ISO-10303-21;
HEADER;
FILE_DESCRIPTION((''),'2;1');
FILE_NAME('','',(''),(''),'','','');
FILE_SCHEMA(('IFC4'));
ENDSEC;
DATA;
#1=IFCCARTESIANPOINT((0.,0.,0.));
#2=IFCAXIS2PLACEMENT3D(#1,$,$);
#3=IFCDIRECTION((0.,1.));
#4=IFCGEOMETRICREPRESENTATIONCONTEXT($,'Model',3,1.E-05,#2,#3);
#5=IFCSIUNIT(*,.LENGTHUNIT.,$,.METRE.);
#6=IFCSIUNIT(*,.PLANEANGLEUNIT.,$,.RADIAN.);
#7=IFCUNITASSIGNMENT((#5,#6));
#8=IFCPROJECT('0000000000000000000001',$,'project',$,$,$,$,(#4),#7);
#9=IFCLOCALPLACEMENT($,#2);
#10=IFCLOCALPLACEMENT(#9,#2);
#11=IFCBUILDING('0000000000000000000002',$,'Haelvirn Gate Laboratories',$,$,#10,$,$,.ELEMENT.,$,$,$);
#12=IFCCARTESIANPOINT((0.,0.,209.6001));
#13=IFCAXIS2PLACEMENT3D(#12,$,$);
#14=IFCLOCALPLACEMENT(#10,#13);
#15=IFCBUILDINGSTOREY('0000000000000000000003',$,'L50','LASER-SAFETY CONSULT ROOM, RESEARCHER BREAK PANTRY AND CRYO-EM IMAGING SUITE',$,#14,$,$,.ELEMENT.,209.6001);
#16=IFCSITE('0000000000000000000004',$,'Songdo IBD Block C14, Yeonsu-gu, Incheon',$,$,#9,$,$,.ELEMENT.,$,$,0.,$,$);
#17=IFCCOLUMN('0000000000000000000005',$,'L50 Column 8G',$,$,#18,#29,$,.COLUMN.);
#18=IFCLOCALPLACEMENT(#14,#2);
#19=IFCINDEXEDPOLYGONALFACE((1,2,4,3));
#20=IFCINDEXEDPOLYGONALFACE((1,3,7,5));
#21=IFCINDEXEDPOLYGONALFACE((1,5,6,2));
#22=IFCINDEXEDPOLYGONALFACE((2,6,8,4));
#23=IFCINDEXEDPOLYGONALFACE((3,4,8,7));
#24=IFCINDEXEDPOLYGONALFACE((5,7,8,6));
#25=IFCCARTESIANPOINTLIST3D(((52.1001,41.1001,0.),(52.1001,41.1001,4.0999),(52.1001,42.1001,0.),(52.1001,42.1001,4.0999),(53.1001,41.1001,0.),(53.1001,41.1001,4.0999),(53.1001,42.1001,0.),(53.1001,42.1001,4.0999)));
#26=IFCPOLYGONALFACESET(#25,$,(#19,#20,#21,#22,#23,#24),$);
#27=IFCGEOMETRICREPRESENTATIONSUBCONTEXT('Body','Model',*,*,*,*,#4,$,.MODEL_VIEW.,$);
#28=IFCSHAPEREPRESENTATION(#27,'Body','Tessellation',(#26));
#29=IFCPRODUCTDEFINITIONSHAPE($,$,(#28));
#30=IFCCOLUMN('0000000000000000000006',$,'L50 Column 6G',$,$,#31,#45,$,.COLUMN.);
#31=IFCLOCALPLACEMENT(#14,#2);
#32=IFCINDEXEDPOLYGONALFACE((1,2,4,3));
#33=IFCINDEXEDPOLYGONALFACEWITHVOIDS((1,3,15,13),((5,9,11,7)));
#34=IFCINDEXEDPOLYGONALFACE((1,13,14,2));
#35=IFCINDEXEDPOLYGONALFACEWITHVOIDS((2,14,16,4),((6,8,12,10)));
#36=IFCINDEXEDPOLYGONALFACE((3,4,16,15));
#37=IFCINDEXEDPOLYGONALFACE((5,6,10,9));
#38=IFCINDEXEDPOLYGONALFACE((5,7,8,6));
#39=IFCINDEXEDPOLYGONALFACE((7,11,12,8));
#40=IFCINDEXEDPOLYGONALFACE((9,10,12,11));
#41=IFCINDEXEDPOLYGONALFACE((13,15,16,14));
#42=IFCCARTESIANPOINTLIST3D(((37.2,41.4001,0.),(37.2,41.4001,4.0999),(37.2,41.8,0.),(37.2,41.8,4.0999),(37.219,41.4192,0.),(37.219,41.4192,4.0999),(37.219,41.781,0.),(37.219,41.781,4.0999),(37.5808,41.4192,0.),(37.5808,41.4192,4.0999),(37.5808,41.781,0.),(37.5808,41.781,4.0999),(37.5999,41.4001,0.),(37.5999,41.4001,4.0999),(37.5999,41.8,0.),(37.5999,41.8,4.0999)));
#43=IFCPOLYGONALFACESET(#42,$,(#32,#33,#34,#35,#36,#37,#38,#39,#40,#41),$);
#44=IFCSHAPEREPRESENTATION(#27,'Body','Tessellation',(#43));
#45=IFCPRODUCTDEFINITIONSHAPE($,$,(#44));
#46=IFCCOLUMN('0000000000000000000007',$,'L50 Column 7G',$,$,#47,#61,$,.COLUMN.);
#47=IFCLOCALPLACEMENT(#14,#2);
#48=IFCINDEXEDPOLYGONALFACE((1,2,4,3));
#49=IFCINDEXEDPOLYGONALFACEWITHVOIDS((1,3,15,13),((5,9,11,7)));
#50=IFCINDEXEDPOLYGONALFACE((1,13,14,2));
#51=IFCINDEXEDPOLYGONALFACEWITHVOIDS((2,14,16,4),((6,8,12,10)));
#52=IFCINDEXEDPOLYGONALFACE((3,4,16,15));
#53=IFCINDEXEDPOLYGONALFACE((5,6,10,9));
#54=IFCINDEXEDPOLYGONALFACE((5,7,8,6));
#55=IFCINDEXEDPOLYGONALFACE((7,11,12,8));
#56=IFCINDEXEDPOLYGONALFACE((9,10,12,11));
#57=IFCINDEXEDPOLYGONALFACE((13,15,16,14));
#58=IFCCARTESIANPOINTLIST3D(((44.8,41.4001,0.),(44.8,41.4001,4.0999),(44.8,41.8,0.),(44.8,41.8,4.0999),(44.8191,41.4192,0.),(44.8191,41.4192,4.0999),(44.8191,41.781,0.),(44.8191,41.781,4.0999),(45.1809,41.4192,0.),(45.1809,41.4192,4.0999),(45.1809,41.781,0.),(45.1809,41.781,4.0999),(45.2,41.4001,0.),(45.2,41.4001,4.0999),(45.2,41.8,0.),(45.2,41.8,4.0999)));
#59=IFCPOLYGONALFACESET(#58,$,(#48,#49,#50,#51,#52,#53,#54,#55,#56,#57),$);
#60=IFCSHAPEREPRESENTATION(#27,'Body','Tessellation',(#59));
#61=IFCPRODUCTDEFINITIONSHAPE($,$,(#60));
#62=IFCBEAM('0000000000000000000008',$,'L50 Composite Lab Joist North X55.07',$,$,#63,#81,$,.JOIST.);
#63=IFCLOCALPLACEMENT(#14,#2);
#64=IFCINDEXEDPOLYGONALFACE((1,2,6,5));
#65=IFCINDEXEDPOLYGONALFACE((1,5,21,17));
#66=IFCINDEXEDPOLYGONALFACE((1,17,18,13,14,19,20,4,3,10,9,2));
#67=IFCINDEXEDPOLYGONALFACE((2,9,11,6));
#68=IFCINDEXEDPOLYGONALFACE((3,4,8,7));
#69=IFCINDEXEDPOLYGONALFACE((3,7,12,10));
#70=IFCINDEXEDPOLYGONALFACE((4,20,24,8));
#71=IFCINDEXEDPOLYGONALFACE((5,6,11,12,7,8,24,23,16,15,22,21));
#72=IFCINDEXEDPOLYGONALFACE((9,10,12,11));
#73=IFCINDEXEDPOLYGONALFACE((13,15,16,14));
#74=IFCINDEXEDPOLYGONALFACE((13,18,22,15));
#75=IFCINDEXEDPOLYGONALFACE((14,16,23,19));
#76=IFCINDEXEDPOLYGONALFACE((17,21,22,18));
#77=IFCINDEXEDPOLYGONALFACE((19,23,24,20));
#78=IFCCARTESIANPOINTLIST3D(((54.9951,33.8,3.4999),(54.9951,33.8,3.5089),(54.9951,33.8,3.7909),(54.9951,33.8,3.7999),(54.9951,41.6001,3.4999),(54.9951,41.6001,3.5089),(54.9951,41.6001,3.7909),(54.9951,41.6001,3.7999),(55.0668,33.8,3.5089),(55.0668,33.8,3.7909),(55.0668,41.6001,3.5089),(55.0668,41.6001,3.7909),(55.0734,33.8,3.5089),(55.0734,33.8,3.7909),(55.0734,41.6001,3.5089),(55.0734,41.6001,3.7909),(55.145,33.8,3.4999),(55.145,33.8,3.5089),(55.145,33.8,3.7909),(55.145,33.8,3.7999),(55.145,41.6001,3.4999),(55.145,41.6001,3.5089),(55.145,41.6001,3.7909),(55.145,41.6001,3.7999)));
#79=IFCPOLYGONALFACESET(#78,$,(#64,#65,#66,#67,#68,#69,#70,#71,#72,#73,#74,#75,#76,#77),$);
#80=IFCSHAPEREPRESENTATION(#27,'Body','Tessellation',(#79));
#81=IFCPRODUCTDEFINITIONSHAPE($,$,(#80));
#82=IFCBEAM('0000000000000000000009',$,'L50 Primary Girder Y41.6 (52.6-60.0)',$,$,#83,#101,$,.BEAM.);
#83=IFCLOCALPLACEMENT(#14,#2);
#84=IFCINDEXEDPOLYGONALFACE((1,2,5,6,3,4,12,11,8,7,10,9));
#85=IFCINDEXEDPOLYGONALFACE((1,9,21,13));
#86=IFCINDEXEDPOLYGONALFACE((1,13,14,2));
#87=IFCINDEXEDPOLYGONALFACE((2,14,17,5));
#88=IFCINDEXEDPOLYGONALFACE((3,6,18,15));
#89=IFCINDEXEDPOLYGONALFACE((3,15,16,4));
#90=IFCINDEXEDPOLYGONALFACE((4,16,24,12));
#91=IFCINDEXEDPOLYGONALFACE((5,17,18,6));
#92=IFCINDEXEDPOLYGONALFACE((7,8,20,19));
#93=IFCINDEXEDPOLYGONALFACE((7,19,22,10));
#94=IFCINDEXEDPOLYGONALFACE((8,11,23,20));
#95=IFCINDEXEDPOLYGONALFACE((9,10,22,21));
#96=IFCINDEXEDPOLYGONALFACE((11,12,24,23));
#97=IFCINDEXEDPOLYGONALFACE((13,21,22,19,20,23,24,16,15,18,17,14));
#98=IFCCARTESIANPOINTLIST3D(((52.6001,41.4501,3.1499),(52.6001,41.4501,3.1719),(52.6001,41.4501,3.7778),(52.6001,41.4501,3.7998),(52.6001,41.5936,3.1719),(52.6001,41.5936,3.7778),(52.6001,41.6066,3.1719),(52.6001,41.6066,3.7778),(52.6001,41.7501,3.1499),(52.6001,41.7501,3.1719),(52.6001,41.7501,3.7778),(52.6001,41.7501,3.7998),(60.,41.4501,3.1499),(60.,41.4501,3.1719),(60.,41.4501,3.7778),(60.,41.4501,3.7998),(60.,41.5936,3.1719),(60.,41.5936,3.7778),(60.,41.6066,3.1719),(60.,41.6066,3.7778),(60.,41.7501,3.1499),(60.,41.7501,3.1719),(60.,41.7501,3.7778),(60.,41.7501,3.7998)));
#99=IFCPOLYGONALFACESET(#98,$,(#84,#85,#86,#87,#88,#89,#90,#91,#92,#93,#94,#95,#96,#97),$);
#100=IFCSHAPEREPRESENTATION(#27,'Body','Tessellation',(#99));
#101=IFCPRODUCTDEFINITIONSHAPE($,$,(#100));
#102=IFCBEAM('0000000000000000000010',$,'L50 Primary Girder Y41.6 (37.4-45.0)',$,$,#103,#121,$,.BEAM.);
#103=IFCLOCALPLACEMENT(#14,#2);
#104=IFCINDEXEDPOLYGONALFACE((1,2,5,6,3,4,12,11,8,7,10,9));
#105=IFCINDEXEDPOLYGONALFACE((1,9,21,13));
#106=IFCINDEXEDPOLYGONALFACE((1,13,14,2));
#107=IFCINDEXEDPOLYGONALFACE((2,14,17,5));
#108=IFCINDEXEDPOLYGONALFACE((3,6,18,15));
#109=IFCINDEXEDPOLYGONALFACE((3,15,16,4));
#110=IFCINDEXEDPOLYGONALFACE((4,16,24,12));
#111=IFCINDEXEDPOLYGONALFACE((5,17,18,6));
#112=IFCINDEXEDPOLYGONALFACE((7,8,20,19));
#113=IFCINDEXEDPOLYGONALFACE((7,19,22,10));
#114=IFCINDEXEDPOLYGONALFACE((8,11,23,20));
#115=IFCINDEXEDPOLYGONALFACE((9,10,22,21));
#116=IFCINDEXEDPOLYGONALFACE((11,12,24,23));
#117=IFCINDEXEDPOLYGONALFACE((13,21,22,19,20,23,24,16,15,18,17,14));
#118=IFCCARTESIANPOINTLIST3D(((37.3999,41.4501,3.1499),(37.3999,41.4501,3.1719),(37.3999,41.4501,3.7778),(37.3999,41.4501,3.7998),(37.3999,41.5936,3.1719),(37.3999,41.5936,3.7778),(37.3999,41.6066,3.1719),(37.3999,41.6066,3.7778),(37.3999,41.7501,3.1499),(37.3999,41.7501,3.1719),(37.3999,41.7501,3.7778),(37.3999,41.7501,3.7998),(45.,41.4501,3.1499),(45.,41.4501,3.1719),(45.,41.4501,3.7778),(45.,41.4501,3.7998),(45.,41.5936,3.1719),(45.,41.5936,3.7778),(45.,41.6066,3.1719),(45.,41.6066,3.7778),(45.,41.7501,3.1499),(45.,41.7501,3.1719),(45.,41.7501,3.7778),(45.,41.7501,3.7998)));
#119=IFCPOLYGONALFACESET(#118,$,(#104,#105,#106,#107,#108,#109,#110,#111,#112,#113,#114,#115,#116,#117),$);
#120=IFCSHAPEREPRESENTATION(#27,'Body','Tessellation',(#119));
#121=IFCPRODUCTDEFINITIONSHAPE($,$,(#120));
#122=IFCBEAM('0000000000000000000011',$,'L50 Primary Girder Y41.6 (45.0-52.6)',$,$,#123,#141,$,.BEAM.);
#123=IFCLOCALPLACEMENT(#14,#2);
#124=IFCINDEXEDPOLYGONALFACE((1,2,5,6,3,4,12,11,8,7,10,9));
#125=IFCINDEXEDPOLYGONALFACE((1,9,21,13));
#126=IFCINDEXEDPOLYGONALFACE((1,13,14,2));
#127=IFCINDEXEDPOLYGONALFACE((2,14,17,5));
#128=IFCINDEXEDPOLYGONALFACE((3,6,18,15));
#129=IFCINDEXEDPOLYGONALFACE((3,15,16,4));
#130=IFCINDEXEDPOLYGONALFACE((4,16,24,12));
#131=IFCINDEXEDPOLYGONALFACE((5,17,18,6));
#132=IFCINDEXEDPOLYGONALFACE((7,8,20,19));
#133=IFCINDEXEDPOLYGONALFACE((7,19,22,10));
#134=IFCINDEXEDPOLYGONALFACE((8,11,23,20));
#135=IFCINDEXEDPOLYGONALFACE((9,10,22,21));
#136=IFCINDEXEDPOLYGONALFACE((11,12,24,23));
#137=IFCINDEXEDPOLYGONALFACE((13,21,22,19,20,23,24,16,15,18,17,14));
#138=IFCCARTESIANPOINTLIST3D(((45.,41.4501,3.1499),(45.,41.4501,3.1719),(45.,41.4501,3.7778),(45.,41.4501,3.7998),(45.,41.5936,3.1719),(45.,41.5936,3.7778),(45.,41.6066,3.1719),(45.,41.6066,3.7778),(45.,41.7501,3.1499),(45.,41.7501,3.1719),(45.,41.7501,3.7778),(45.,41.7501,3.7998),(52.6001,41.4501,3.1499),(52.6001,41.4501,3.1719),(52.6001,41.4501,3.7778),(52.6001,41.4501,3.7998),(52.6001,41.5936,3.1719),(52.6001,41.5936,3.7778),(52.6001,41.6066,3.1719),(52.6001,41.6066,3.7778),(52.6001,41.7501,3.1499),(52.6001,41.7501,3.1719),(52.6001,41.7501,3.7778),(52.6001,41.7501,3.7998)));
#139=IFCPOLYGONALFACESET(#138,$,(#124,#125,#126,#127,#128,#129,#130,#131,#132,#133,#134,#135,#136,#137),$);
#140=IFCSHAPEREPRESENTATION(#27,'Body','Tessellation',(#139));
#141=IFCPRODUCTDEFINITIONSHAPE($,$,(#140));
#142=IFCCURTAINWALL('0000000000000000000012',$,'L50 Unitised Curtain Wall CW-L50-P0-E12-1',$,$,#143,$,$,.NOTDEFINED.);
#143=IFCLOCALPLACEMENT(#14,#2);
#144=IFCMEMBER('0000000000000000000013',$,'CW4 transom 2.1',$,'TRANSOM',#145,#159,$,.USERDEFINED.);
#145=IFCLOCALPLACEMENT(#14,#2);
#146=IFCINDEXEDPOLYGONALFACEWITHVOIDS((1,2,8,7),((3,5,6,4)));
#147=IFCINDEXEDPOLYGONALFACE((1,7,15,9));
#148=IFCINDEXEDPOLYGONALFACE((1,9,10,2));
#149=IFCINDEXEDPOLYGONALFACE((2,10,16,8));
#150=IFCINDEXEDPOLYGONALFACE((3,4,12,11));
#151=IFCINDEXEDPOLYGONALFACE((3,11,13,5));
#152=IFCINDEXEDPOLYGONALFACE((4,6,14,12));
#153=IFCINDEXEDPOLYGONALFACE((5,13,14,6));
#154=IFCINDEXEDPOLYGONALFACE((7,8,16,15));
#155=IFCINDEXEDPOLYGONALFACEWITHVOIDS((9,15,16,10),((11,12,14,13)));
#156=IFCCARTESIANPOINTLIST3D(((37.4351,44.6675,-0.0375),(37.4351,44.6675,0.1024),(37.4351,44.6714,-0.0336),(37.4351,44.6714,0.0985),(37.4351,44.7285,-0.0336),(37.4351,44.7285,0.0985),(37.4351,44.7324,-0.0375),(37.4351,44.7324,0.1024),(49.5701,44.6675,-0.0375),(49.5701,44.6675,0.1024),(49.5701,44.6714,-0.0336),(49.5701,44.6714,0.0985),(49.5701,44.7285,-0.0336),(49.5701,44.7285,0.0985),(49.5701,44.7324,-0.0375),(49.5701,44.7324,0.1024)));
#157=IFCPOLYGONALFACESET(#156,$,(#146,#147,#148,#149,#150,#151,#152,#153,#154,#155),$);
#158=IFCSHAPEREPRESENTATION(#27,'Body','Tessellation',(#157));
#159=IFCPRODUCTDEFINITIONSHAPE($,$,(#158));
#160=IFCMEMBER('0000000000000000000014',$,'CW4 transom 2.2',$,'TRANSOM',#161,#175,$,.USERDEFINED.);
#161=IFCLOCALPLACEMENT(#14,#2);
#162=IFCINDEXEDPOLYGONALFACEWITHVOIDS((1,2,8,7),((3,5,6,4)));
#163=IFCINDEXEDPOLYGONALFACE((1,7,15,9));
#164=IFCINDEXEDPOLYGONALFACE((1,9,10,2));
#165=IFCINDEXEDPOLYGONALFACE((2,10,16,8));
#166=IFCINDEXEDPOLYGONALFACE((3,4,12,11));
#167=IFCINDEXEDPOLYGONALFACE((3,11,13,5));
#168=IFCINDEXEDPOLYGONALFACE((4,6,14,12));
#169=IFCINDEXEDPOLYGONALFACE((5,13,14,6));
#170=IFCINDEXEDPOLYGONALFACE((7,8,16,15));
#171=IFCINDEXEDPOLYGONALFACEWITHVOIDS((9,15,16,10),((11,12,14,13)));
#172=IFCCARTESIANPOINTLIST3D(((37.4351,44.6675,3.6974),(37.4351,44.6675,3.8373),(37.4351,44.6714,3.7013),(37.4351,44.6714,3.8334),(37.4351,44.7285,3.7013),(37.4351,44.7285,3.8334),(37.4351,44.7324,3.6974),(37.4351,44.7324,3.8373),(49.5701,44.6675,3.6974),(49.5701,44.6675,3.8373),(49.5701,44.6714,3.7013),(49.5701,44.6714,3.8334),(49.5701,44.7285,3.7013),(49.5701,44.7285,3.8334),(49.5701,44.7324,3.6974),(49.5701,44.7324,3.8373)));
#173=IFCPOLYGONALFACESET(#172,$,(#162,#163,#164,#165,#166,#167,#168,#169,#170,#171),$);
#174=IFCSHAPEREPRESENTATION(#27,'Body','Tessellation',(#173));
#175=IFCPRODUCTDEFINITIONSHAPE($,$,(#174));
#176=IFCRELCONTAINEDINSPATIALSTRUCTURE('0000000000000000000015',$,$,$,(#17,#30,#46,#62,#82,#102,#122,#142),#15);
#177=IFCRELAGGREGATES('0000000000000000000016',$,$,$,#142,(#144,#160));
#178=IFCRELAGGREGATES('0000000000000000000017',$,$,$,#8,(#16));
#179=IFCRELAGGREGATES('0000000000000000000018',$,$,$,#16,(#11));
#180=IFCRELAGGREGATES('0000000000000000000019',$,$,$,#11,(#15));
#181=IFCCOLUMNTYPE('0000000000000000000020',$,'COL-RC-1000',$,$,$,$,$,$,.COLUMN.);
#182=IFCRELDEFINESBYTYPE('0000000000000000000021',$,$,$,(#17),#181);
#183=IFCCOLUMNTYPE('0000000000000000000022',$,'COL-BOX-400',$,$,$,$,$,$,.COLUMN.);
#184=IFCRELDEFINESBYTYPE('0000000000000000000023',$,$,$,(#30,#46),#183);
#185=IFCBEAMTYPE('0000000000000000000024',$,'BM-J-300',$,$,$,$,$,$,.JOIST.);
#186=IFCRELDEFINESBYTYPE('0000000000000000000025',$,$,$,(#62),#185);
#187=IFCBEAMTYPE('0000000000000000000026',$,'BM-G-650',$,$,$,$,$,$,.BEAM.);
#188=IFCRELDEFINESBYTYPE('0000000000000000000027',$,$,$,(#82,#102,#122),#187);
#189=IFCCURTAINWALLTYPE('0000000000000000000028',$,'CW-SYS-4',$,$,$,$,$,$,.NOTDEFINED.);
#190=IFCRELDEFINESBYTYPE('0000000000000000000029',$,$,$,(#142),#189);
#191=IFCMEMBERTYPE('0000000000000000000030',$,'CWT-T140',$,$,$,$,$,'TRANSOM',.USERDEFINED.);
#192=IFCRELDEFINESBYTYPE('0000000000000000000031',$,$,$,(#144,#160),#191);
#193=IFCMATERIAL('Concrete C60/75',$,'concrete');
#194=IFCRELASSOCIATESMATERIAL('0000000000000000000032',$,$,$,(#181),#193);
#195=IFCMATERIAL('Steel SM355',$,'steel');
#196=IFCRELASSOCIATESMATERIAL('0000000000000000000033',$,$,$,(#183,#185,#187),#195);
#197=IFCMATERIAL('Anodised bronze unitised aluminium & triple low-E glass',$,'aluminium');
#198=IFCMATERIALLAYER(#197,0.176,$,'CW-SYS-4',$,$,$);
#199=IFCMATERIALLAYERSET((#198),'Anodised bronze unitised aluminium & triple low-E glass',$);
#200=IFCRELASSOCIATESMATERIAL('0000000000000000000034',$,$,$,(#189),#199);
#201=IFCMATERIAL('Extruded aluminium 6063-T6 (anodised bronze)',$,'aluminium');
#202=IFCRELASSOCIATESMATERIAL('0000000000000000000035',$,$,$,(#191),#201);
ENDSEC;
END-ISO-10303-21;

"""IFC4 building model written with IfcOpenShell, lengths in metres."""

from ifc_helpers import new_model, si_unit, direction, frame, origin, origin_2d, place, context, subcontext, project, spatial, rectangle, hollow_rectangle, i_section, extrude, source, transform, mapped, material, layer, layer_set, material_profile, profile_set, type_object, type_shapes, element, aggregate, save


model = new_model("IFC4")

# Units and contexts
model_context = context("Model", 3, precision=1e-05, world=origin(), true_north=direction((0.0, 1.0)))
body_context = subcontext(model_context, "Body", "Model", "MODEL_VIEW")
ifc_project = project(units=[si_unit("LENGTHUNIT", "METRE"), si_unit("PLANEANGLEUNIT", "RADIAN")], contexts=[model_context])

# Site, building, storey
site_placement = place(None, origin())
site = spatial("IfcSite", under=ifc_project, at=site_placement, Name="Songdo IBD Block C14, Yeonsu-gu, Incheon", CompositionType="ELEMENT", RefElevation=0.0)
building_placement = place(site_placement, origin())
building = spatial("IfcBuilding", under=site, at=building_placement, Name="Haelvirn Gate Laboratories", CompositionType="ELEMENT")
storey_placement = place(building_placement, frame((0.0, 0.0, 209.6001)))
storey = spatial("IfcBuildingStorey", under=building, at=storey_placement, Name="L50", Description="LASER-SAFETY CONSULT ROOM, RESEARCHER BREAK PANTRY AND CRYO-EM IMAGING SUITE", CompositionType="ELEMENT", Elevation=209.6001)

# Columns
ifc_material_1 = material(Name="Concrete C60/75", Category="concrete")
ifc_material_profile_1 = material_profile(ifc_material_1, rectangle(XDim=1.0, YDim=1.0, at=origin_2d()), Name="RC-1000x1000")
ifc_profile_set_1 = profile_set([ifc_material_profile_1], Name="Concrete C60/75")
column_type_1 = type_object("IfcColumnType", Name="COL-RC-1000", PredefinedType="COLUMN", material=ifc_profile_set_1)
shared_shape_1 = source(origin(), body_context, "Body", "SweptSolid", [
    extrude(rectangle(XDim=1.0, YDim=1.0, at=origin_2d()), origin(), (0.0, 0.0, 1.0), 4.0999),
])
type_shapes(column_type_1, [shared_shape_1])
column_placement = place(storey_placement, frame((52.6001, 41.6001, 0.0), z_axis=(0.0, 0.0, 1.0), x_axis=(1.0, 0.0, 0.0)))
element("IfcColumn", 1, at=column_placement, inside=storey, type_object=column_type_1, Name="L50 Column 8G", PredefinedType="COLUMN", context=body_context, shape_type="MappedRepresentation", body=[
    mapped(shared_shape_1, transform((0.0, 0.0, 0.0), scale=1.0)),
])
ifc_material_2 = material(Name="Steel SM355", Category="steel")
ifc_material_profile_2 = material_profile(ifc_material_2, hollow_rectangle(XDim=0.3999, YDim=0.3999, WallThickness=0.019, at=origin_2d()), Name="BOX-400x400x19")
ifc_profile_set_2 = profile_set([ifc_material_profile_2], Name="Steel SM355")
column_type_2 = type_object("IfcColumnType", Name="COL-BOX-400", PredefinedType="COLUMN", material=ifc_profile_set_2)
shared_shape_2 = source(origin(), body_context, "Body", "SweptSolid", [
    extrude(hollow_rectangle(XDim=0.3999, YDim=0.3999, WallThickness=0.019, at=origin_2d()), origin(), (0.0, 0.0, 1.0), 4.0999),
])
type_shapes(column_type_2, [shared_shape_2])
for number, where, z_axis, x_axis, name in (
    (2, (37.3999, 41.6001, 0.0), (0.0, 0.0, 1.0), (1.0, 0.0, 0.0), "L50 Column 6G"),
    (3, (45.0, 41.6001, 0.0), (0.0, 0.0, 1.0), (1.0, 0.0, 0.0), "L50 Column 7G"),
):
    element("IfcColumn", number, at=place(storey_placement, frame(where, z_axis=z_axis, x_axis=x_axis)), inside=storey, type_object=column_type_2, Name=name, PredefinedType="COLUMN", context=body_context, shape_type="MappedRepresentation", body=[
        mapped(shared_shape_2, transform((0.0, 0.0, 0.0), scale=1.0)),
    ])

# Beams
ifc_material_profile_3 = material_profile(ifc_material_2, i_section(OverallWidth=0.1499, OverallDepth=0.3, WebThickness=0.0066, FlangeThickness=0.009, at=origin_2d()), Name="H-300x150x6.5x9")
ifc_profile_set_3 = profile_set([ifc_material_profile_3], Name="Steel SM355")
beam_type_1 = type_object("IfcBeamType", Name="BM-J-300", PredefinedType="JOIST", material=ifc_profile_set_3)
shared_shape_3 = source(origin(), body_context, "Body", "SweptSolid", [
    extrude(i_section(OverallWidth=0.1499, OverallDepth=0.3, WebThickness=0.0066, FlangeThickness=0.009, at=origin_2d()), origin(), (0.0, 0.0, 1.0), 7.8),
])
type_shapes(beam_type_1, [shared_shape_3])
beam_1_placement = place(storey_placement, frame((55.0701, 33.8, 3.6499), z_axis=(0.0, 1.0, 0.0), x_axis=(-1.0, 0.0, 0.0)))
element("IfcBeam", 4, at=beam_1_placement, inside=storey, type_object=beam_type_1, Name="L50 Composite Lab Joist North X55.07", PredefinedType="JOIST", context=body_context, shape_type="MappedRepresentation", body=[
    mapped(shared_shape_3, transform((0.0, 0.0, 0.0), scale=1.0)),
])
ifc_material_profile_4 = material_profile(ifc_material_2, i_section(OverallWidth=0.3, OverallDepth=0.6499, WebThickness=0.0129, FlangeThickness=0.022, at=origin_2d()), Name="H-650x300x13x22")
ifc_profile_set_4 = profile_set([ifc_material_profile_4], Name="Steel SM355")
beam_type_2 = type_object("IfcBeamType", Name="BM-G-650", PredefinedType="BEAM", material=ifc_profile_set_4)
shared_shape_4 = source(origin(), body_context, "Body", "SweptSolid", [
    extrude(i_section(OverallWidth=0.3, OverallDepth=0.6499, WebThickness=0.0129, FlangeThickness=0.022, at=origin_2d()), origin(), (0.0, 0.0, 1.0), 7.3999),
])
beam_2_placement = place(storey_placement, frame((52.6001, 41.6001, 3.4749), z_axis=(1.0, 0.0, 0.0), x_axis=(0.0, 1.0, 0.0)))
element("IfcBeam", 5, at=beam_2_placement, inside=storey, type_object=beam_type_2, Name="L50 Primary Girder Y41.6 (52.6-60.0)", PredefinedType="BEAM", context=body_context, shape_type="MappedRepresentation", body=[
    mapped(shared_shape_4, transform((0.0, 0.0, 0.0), scale=1.0)),
])
shared_shape_5 = source(origin(), body_context, "Body", "SweptSolid", [
    extrude(i_section(OverallWidth=0.3, OverallDepth=0.6499, WebThickness=0.0129, FlangeThickness=0.022, at=origin_2d()), origin(), (0.0, 0.0, 1.0), 7.6001),
])
type_shapes(beam_type_2, [shared_shape_4, shared_shape_5])
for number, where, z_axis, x_axis, name in (
    (6, (37.3999, 41.6001, 3.4749), (1.0, 0.0, 0.0), (0.0, 1.0, 0.0), "L50 Primary Girder Y41.6 (37.4-45.0)"),
    (7, (45.0, 41.6001, 3.4749), (1.0, 0.0, 0.0), (0.0, 1.0, 0.0), "L50 Primary Girder Y41.6 (45.0-52.6)"),
):
    element("IfcBeam", number, at=place(storey_placement, frame(where, z_axis=z_axis, x_axis=x_axis)), inside=storey, type_object=beam_type_2, Name=name, PredefinedType="BEAM", context=body_context, shape_type="MappedRepresentation", body=[
        mapped(shared_shape_5, transform((0.0, 0.0, 0.0), scale=1.0)),
    ])

# Curtain wall, members
ifc_material_3 = material(Name="Anodised bronze unitised aluminium & triple low-E glass", Category="aluminium")
ifc_layer_1 = layer(ifc_material_3, 0.176, Name="CW-SYS-4")
ifc_layer_set_1 = layer_set([ifc_layer_1], Name="Anodised bronze unitised aluminium & triple low-E glass")
curtain_wall_type = type_object("IfcCurtainWallType", Name="CW-SYS-4", PredefinedType="NOTDEFINED", material=ifc_layer_set_1)
curtain_wall_1_placement = place(storey_placement, origin())
curtain_wall_1 = element("IfcCurtainWall", 8, at=curtain_wall_1_placement, inside=storey, type_object=curtain_wall_type, Name="L50 Unitised Curtain Wall CW-L50-P0-E12-1", PredefinedType="NOTDEFINED")
ifc_material_4 = material(Name="Extruded aluminium 6063-T6 (anodised bronze)", Category="aluminium")
ifc_material_profile_5 = material_profile(ifc_material_4, hollow_rectangle(XDim=0.0649, YDim=0.1399, WallThickness=0.0039, at=origin_2d()), Name="CWT-140x65x4")
ifc_profile_set_5 = profile_set([ifc_material_profile_5], Name="Extruded aluminium 6063-T6 (anodised bronze)")
member_type_1 = type_object("IfcMemberType", Name="CWT-T140", ElementType="TRANSOM", PredefinedType="USERDEFINED", material=ifc_profile_set_5)
shared_shape_6 = source(origin(), body_context, "Body", "SweptSolid", [
    extrude(hollow_rectangle(XDim=0.0649, YDim=0.1399, WallThickness=0.0039, at=origin_2d()), origin(), (0.0, 0.0, 1.0), 12.135),
])
member_1_placement = place(storey_placement, frame((37.4351, 44.7, 0.0325), z_axis=(1.0, 0.0, 0.0), x_axis=(0.0, 1.0, 0.0)))
member_1 = element("IfcMember", 9, at=member_1_placement, type_object=member_type_1, Name="CW4 transom 2.1", ObjectType="TRANSOM", PredefinedType="USERDEFINED", context=body_context, shape_type="MappedRepresentation", body=[
    mapped(shared_shape_6, transform((0.0, 0.0, 0.0), scale=1.0)),
])
member_2_placement = place(storey_placement, frame((37.4351, 44.7, 3.7673), z_axis=(1.0, 0.0, 0.0), x_axis=(0.0, 1.0, 0.0)))
member_2 = element("IfcMember", 10, at=member_2_placement, type_object=member_type_1, Name="CW4 transom 2.2", ObjectType="TRANSOM", PredefinedType="USERDEFINED", context=body_context, shape_type="MappedRepresentation", body=[
    mapped(shared_shape_6, transform((0.0, 0.0, 0.0), scale=1.0)),
])

aggregate(curtain_wall_1, [member_1, member_2])

save(model, "model.ifc")
